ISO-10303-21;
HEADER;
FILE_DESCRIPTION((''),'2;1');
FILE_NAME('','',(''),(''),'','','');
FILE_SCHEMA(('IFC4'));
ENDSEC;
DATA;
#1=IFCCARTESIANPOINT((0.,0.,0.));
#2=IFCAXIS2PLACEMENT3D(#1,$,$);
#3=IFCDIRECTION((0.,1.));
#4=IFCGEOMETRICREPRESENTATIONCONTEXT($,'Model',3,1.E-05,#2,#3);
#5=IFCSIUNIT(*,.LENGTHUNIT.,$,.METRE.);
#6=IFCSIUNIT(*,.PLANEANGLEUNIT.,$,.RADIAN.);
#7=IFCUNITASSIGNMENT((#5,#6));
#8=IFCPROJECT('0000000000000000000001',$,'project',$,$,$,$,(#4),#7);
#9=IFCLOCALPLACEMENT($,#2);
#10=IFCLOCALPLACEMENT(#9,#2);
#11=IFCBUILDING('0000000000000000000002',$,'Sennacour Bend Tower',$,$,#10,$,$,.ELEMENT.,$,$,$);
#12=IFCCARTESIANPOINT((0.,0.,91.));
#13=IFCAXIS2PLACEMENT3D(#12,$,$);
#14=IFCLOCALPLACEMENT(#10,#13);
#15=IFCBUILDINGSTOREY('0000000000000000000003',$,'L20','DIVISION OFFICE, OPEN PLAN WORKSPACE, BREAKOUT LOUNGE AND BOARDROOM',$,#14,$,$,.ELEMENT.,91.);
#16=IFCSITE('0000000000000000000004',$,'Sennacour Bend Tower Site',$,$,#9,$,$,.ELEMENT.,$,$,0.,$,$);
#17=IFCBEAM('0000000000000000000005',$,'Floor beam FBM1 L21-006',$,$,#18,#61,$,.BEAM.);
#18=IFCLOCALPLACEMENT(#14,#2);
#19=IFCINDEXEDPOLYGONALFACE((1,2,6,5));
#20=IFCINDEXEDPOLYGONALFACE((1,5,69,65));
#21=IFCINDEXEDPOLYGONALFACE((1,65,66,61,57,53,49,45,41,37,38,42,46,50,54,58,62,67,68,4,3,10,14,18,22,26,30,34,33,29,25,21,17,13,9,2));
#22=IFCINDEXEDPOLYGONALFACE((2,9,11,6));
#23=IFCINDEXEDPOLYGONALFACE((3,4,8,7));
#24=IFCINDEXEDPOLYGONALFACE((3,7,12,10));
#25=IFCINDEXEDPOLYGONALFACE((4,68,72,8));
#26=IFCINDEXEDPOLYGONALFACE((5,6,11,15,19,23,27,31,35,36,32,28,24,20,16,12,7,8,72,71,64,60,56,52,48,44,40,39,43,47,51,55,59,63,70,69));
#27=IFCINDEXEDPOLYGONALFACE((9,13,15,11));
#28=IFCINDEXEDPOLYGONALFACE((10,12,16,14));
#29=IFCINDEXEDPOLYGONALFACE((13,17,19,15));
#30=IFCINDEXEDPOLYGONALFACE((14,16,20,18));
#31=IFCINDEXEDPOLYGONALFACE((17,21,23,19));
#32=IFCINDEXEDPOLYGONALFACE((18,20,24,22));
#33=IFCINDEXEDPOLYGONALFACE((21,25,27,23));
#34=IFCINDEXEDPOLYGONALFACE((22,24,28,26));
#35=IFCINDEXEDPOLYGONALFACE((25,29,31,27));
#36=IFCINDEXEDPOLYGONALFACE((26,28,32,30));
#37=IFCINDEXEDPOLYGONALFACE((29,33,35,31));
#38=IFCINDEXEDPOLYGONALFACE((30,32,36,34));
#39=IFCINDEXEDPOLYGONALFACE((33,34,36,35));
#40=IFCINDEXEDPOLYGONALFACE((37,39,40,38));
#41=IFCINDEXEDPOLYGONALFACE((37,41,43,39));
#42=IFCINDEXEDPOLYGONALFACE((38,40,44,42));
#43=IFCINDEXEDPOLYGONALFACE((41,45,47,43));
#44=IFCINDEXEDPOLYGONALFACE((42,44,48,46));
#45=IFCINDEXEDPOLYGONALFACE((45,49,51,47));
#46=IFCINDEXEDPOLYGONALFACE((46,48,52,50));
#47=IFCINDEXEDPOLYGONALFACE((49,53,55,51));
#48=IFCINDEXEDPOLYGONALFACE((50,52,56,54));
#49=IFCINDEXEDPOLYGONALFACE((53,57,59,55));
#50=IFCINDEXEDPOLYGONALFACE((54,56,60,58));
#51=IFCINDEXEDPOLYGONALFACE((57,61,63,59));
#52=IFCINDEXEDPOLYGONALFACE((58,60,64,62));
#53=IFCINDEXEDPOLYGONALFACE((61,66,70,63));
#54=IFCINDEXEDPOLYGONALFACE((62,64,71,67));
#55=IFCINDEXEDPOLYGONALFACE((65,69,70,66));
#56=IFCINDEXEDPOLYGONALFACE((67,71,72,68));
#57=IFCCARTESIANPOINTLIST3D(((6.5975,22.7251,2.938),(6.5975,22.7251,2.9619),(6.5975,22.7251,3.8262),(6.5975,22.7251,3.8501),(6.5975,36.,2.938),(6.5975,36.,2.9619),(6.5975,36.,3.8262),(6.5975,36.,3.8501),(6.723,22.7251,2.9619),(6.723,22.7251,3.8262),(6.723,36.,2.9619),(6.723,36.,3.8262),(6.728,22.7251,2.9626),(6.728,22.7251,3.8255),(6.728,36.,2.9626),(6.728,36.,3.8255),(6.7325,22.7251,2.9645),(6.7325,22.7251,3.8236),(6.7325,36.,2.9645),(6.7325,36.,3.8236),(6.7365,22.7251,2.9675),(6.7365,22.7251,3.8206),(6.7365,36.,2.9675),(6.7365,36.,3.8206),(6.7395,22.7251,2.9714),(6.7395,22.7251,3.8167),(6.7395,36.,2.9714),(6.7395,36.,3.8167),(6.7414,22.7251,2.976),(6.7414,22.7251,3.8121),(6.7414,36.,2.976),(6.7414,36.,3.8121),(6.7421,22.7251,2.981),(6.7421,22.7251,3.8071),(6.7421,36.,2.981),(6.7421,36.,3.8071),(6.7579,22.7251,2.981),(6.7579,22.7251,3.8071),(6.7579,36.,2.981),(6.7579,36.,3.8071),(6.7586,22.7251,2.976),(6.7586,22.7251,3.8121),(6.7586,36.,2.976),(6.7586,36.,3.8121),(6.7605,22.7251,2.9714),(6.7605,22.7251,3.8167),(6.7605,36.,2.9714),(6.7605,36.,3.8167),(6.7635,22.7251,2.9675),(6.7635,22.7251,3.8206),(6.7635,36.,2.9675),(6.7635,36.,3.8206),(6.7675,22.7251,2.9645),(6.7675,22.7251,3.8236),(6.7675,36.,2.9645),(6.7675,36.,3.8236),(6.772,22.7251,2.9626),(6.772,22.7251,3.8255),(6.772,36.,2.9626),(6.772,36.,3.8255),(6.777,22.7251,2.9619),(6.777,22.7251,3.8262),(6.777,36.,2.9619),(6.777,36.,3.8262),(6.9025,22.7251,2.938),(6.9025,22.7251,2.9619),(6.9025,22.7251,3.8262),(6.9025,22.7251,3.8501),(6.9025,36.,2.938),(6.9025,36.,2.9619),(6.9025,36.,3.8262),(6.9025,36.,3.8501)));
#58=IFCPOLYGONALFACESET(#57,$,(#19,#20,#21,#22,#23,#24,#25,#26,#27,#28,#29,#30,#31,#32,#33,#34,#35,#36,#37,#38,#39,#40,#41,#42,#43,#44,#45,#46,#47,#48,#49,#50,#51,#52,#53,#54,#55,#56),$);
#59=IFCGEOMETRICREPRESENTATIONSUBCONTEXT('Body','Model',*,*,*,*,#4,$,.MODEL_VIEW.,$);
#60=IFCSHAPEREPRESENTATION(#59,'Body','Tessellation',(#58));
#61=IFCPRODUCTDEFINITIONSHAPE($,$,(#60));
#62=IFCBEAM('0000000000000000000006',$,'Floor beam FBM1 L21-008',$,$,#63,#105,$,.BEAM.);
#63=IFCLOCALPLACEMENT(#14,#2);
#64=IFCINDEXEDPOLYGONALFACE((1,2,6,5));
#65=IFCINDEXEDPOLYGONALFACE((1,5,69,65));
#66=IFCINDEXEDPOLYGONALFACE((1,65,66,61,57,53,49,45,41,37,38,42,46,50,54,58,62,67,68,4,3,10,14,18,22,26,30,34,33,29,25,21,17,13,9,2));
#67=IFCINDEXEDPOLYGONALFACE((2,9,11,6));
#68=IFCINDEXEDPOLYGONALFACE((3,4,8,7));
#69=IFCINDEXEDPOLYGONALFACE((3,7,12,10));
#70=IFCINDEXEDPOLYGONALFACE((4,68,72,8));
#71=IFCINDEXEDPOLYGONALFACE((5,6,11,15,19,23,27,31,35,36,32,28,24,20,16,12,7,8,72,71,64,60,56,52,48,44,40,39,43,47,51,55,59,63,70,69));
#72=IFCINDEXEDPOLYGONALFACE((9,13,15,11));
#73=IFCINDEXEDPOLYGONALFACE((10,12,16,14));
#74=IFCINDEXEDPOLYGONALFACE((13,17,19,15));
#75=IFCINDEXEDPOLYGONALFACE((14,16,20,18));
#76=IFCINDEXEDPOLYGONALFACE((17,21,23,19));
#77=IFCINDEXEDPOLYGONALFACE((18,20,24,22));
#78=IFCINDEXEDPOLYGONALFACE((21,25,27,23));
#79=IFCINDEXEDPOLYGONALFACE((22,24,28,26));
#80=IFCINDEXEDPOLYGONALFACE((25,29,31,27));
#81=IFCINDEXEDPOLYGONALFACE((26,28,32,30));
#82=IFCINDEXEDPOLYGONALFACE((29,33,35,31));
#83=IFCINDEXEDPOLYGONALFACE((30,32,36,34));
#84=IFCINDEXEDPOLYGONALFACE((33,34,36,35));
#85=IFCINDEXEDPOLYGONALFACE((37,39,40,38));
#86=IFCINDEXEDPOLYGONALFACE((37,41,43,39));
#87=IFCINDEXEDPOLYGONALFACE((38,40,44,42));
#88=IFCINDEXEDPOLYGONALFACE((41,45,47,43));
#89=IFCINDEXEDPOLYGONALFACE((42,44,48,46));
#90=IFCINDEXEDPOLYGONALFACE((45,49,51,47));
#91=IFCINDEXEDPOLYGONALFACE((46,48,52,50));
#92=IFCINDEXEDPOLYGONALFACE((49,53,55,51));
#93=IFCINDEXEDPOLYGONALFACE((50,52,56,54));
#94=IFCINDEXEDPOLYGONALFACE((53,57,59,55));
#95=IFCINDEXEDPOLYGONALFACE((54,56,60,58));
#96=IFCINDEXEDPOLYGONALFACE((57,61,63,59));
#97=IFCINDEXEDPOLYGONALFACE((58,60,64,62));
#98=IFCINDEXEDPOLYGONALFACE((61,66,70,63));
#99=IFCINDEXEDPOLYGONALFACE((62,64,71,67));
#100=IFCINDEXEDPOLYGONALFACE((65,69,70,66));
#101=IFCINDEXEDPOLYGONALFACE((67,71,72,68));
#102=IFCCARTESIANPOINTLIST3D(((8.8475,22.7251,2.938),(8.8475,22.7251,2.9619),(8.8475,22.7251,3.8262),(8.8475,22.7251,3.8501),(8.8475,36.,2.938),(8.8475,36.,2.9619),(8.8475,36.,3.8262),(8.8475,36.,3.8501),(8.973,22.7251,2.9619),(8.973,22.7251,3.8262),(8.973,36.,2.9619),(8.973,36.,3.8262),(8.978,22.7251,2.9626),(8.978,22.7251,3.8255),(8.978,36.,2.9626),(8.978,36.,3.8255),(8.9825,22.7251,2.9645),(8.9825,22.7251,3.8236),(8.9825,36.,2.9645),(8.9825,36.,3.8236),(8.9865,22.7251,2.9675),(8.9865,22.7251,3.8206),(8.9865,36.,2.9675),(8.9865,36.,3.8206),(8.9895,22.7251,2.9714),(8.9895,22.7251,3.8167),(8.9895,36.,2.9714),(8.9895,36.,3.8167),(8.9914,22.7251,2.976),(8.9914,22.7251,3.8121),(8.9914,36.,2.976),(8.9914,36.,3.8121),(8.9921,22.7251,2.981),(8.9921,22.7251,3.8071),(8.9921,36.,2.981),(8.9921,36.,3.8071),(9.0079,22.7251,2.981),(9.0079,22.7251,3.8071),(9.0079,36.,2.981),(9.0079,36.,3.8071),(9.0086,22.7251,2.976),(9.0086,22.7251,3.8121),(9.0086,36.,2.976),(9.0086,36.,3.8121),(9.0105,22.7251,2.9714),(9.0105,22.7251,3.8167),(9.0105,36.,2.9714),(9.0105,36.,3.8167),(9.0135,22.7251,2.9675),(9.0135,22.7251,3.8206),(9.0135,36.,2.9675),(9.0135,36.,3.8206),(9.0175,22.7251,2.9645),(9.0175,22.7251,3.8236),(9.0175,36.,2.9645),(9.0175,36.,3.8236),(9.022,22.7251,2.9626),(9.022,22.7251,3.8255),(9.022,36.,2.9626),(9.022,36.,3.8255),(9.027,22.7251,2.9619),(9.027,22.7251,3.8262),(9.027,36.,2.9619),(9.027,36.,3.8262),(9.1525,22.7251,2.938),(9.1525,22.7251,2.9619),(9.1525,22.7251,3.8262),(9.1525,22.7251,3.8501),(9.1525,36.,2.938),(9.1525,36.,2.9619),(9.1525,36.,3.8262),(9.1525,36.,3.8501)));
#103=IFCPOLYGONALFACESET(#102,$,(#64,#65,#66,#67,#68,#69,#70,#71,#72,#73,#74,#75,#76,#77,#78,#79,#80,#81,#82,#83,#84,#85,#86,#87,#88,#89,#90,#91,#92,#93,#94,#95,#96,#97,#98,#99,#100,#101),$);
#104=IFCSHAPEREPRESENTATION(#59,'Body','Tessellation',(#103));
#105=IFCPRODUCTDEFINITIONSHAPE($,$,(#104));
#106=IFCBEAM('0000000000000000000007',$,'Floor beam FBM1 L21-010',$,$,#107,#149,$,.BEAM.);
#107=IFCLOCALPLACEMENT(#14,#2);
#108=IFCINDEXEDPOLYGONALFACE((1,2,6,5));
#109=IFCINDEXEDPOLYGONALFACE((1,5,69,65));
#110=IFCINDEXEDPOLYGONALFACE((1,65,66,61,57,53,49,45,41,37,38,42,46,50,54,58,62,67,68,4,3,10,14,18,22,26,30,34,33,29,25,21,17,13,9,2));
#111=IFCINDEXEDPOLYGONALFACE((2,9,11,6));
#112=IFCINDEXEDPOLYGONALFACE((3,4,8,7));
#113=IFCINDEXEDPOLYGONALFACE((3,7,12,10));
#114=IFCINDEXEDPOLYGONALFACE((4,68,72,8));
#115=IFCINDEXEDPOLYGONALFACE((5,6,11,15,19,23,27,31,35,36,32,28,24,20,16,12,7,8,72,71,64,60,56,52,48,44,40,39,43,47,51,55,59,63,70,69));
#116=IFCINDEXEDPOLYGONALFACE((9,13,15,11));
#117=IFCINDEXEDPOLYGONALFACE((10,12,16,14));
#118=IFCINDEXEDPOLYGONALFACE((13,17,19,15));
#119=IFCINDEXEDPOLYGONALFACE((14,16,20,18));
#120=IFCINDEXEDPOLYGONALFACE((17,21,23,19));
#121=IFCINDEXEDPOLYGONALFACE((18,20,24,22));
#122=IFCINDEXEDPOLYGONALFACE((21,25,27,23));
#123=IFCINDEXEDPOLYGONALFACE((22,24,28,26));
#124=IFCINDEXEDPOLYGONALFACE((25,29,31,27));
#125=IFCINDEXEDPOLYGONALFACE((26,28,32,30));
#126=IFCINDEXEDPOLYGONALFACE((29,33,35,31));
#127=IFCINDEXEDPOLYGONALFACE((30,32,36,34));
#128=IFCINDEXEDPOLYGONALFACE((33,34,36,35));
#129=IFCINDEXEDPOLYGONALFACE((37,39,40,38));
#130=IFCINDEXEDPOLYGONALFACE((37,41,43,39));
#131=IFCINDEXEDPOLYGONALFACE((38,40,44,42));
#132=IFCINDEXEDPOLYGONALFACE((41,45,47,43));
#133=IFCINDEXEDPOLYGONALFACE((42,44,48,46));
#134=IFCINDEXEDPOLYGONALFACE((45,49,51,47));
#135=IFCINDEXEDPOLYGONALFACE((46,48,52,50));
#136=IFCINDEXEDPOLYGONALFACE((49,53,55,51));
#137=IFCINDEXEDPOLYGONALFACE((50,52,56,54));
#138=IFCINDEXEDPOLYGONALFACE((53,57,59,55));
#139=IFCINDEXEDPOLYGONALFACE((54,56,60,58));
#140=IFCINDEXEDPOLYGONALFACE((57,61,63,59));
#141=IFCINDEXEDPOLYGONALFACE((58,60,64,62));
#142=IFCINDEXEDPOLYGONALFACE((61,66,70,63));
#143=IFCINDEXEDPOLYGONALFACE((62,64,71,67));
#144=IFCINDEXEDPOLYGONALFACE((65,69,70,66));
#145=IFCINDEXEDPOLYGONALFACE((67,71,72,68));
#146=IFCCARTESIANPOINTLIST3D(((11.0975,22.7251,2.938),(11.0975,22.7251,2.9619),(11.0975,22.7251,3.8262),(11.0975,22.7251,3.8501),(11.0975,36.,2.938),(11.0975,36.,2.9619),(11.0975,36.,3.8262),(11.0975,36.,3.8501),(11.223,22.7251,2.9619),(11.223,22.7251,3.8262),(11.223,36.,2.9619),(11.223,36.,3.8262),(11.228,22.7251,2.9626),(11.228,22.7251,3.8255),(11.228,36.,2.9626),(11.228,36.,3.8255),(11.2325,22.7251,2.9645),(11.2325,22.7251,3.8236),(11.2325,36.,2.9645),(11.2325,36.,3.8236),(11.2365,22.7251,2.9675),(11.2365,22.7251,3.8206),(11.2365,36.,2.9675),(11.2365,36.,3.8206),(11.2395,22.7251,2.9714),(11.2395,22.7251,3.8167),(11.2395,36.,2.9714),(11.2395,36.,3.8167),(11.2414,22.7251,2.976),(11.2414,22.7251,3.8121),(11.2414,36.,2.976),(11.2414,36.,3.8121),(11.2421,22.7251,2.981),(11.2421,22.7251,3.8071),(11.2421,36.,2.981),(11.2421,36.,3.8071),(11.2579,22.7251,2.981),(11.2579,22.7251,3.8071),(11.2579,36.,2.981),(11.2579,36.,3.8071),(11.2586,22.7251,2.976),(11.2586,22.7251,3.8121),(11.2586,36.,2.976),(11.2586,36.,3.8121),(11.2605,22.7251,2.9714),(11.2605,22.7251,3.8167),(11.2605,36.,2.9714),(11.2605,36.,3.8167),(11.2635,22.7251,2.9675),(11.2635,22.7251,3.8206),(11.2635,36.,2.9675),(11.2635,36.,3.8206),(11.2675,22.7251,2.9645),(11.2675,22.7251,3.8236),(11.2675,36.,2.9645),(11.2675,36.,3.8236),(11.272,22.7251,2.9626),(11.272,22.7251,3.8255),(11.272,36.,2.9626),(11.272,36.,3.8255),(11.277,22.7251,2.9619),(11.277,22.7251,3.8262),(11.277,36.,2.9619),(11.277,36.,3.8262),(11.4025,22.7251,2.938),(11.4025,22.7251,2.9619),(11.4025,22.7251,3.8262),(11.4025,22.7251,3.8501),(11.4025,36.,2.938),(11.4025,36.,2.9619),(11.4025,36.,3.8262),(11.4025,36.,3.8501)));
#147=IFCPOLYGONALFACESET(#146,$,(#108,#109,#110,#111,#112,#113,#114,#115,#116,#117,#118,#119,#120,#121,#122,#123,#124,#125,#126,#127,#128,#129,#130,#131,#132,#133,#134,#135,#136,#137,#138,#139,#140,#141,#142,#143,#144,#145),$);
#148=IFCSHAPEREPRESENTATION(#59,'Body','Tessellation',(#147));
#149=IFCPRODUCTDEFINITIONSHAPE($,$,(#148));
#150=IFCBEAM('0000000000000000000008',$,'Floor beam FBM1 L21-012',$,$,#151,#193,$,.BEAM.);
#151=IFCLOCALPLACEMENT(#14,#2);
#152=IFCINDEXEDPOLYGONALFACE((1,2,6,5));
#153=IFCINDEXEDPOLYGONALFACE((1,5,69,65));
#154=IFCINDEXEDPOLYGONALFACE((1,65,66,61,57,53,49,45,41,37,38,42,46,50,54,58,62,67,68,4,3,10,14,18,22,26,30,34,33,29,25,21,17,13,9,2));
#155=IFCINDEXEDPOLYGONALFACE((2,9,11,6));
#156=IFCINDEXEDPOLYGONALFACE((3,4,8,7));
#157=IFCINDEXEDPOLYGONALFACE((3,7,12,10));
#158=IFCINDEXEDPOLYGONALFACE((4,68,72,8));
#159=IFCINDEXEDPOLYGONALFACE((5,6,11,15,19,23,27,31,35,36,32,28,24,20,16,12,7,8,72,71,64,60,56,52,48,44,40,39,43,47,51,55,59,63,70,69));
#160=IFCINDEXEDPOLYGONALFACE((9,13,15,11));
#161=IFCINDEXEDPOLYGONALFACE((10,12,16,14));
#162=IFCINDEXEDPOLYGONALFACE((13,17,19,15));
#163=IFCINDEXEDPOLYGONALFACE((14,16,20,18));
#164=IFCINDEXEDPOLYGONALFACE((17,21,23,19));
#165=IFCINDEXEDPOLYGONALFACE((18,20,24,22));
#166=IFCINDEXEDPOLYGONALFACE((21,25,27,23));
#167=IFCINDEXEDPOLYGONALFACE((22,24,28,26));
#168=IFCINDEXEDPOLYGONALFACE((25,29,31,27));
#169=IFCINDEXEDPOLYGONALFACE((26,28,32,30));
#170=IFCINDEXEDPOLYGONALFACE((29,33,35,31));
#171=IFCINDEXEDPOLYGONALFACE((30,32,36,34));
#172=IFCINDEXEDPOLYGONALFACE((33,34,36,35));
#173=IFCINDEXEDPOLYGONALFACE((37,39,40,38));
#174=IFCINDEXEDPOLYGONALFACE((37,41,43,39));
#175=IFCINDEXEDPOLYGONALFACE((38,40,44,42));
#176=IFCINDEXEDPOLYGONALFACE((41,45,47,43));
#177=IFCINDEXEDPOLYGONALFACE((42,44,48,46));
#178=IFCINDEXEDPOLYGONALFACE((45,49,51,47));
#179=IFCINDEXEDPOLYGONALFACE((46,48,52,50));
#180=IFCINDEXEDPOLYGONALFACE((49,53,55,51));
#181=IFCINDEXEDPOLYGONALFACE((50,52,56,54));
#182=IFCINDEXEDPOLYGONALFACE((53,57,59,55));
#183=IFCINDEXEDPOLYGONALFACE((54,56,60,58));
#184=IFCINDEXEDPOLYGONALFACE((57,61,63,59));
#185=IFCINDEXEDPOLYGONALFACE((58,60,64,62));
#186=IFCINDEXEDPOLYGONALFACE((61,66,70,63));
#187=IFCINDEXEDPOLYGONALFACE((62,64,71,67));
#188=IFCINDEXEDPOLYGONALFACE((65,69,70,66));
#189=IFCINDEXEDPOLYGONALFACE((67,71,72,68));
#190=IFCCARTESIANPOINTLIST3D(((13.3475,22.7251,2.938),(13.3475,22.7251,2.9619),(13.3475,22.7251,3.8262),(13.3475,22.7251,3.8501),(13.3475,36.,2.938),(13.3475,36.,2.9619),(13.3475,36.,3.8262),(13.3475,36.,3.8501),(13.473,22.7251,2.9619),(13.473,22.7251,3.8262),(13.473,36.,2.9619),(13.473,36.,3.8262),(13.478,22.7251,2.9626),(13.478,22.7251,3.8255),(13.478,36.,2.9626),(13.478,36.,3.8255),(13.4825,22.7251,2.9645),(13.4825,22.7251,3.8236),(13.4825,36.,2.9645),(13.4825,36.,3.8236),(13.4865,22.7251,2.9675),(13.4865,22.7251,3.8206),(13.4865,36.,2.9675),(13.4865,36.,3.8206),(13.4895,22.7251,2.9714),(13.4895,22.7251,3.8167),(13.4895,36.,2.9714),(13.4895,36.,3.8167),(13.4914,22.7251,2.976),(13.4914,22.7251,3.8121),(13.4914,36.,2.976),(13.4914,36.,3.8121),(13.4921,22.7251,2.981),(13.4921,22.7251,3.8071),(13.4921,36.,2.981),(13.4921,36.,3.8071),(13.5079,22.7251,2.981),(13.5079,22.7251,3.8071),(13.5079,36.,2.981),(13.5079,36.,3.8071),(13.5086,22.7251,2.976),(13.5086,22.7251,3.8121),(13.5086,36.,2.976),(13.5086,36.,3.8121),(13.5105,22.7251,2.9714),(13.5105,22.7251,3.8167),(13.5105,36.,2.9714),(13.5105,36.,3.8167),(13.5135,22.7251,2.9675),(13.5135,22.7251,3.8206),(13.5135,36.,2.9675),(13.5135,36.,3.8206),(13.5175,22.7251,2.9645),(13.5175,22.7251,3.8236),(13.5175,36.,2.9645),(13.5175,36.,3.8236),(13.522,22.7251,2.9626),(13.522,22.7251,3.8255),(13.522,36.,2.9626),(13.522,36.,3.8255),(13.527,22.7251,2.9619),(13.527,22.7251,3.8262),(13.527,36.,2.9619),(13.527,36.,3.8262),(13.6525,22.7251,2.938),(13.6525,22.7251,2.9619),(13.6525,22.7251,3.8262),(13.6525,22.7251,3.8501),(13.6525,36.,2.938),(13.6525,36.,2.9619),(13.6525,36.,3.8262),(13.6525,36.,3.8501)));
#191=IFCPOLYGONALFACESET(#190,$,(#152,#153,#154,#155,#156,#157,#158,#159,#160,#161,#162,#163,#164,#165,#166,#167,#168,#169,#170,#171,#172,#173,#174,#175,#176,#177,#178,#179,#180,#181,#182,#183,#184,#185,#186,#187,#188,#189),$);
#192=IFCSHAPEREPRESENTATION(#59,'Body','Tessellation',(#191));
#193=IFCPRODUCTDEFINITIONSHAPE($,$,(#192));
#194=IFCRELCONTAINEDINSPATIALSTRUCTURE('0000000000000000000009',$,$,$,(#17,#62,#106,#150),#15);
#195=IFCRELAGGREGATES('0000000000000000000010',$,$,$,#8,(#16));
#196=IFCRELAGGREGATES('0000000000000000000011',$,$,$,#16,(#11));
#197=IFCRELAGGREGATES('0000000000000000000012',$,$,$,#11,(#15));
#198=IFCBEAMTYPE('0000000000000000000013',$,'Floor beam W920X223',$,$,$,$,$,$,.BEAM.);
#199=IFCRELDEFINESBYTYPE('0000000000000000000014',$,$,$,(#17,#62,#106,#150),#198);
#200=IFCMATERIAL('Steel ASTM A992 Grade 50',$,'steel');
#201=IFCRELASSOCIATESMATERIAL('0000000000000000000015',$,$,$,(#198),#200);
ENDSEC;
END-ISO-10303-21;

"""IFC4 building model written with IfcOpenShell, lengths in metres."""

from ifc_helpers import new_model, si_unit, direction, frame, origin, origin_2d, place, context, subcontext, project, spatial, i_section, extrude, material, material_profile, profile_set, type_object, element, save


model = new_model("IFC4")

# Units and contexts
model_context = context("Model", 3, precision=1e-05, world=origin(), true_north=direction((0.0, 1.0)))
body_context = subcontext(model_context, "Body", "Model", "MODEL_VIEW")
ifc_project = project(units=[si_unit("LENGTHUNIT", "METRE"), si_unit("PLANEANGLEUNIT", "RADIAN")], contexts=[model_context])

# Site, building, storey
site_placement = place(None, origin())
site = spatial("IfcSite", under=ifc_project, at=site_placement, Name="Sennacour Bend Tower Site", CompositionType="ELEMENT", RefElevation=0.0)
building_placement = place(site_placement, origin())
building = spatial("IfcBuilding", under=site, at=building_placement, Name="Sennacour Bend Tower", CompositionType="ELEMENT")
storey_placement = place(building_placement, frame((0.0, 0.0, 91.0)))
storey = spatial("IfcBuildingStorey", under=building, at=storey_placement, Name="L20", Description="DIVISION OFFICE, OPEN PLAN WORKSPACE, BREAKOUT LOUNGE AND BOARDROOM", CompositionType="ELEMENT", Elevation=91.0)

# Beams
ifc_material_1 = material(Name="Steel ASTM A992 Grade 50", Category="steel")
ifc_material_profile = material_profile(ifc_material_1, i_section(OverallWidth=0.3049, OverallDepth=0.9121, WebThickness=0.0159, FlangeThickness=0.0239, FilletRadius=0.019, at=origin_2d()), Name="Steel ASTM A992 Grade 50", Category="steel")
ifc_profile_set = profile_set([ifc_material_profile], Name="Steel ASTM A992 Grade 50")
beam_type = type_object("IfcBeamType", Name="Floor beam W920X223", PredefinedType="BEAM", material=ifc_profile_set)
for number, where, z_axis, x_axis, name in (
    (1, (6.75, 22.7251, 3.394), (0.0, 1.0, 0.0), (-1.0, 0.0, 0.0), "Floor beam FBM1 L21-006"),
    (2, (9.0, 22.7251, 3.394), (0.0, 1.0, 0.0), (-1.0, 0.0, 0.0), "Floor beam FBM1 L21-008"),
    (3, (11.25, 22.7251, 3.394), (0.0, 1.0, 0.0), (-1.0, 0.0, 0.0), "Floor beam FBM1 L21-010"),
    (4, (13.5, 22.7251, 3.394), (0.0, 1.0, 0.0), (-1.0, 0.0, 0.0), "Floor beam FBM1 L21-012"),
):
    element("IfcBeam", number, at=place(storey_placement, frame(where, z_axis=z_axis, x_axis=x_axis)), inside=storey, type_object=beam_type, Name=name, PredefinedType="BEAM", context=body_context, shape_type="SweptSolid", body=[
        extrude(i_section(OverallWidth=0.3049, OverallDepth=0.9121, WebThickness=0.0159, FlangeThickness=0.0239, FilletRadius=0.019, at=origin_2d()), origin(), (0.0, 0.0, 1.0), 13.2749),
    ])

save(model, "model.ifc")
